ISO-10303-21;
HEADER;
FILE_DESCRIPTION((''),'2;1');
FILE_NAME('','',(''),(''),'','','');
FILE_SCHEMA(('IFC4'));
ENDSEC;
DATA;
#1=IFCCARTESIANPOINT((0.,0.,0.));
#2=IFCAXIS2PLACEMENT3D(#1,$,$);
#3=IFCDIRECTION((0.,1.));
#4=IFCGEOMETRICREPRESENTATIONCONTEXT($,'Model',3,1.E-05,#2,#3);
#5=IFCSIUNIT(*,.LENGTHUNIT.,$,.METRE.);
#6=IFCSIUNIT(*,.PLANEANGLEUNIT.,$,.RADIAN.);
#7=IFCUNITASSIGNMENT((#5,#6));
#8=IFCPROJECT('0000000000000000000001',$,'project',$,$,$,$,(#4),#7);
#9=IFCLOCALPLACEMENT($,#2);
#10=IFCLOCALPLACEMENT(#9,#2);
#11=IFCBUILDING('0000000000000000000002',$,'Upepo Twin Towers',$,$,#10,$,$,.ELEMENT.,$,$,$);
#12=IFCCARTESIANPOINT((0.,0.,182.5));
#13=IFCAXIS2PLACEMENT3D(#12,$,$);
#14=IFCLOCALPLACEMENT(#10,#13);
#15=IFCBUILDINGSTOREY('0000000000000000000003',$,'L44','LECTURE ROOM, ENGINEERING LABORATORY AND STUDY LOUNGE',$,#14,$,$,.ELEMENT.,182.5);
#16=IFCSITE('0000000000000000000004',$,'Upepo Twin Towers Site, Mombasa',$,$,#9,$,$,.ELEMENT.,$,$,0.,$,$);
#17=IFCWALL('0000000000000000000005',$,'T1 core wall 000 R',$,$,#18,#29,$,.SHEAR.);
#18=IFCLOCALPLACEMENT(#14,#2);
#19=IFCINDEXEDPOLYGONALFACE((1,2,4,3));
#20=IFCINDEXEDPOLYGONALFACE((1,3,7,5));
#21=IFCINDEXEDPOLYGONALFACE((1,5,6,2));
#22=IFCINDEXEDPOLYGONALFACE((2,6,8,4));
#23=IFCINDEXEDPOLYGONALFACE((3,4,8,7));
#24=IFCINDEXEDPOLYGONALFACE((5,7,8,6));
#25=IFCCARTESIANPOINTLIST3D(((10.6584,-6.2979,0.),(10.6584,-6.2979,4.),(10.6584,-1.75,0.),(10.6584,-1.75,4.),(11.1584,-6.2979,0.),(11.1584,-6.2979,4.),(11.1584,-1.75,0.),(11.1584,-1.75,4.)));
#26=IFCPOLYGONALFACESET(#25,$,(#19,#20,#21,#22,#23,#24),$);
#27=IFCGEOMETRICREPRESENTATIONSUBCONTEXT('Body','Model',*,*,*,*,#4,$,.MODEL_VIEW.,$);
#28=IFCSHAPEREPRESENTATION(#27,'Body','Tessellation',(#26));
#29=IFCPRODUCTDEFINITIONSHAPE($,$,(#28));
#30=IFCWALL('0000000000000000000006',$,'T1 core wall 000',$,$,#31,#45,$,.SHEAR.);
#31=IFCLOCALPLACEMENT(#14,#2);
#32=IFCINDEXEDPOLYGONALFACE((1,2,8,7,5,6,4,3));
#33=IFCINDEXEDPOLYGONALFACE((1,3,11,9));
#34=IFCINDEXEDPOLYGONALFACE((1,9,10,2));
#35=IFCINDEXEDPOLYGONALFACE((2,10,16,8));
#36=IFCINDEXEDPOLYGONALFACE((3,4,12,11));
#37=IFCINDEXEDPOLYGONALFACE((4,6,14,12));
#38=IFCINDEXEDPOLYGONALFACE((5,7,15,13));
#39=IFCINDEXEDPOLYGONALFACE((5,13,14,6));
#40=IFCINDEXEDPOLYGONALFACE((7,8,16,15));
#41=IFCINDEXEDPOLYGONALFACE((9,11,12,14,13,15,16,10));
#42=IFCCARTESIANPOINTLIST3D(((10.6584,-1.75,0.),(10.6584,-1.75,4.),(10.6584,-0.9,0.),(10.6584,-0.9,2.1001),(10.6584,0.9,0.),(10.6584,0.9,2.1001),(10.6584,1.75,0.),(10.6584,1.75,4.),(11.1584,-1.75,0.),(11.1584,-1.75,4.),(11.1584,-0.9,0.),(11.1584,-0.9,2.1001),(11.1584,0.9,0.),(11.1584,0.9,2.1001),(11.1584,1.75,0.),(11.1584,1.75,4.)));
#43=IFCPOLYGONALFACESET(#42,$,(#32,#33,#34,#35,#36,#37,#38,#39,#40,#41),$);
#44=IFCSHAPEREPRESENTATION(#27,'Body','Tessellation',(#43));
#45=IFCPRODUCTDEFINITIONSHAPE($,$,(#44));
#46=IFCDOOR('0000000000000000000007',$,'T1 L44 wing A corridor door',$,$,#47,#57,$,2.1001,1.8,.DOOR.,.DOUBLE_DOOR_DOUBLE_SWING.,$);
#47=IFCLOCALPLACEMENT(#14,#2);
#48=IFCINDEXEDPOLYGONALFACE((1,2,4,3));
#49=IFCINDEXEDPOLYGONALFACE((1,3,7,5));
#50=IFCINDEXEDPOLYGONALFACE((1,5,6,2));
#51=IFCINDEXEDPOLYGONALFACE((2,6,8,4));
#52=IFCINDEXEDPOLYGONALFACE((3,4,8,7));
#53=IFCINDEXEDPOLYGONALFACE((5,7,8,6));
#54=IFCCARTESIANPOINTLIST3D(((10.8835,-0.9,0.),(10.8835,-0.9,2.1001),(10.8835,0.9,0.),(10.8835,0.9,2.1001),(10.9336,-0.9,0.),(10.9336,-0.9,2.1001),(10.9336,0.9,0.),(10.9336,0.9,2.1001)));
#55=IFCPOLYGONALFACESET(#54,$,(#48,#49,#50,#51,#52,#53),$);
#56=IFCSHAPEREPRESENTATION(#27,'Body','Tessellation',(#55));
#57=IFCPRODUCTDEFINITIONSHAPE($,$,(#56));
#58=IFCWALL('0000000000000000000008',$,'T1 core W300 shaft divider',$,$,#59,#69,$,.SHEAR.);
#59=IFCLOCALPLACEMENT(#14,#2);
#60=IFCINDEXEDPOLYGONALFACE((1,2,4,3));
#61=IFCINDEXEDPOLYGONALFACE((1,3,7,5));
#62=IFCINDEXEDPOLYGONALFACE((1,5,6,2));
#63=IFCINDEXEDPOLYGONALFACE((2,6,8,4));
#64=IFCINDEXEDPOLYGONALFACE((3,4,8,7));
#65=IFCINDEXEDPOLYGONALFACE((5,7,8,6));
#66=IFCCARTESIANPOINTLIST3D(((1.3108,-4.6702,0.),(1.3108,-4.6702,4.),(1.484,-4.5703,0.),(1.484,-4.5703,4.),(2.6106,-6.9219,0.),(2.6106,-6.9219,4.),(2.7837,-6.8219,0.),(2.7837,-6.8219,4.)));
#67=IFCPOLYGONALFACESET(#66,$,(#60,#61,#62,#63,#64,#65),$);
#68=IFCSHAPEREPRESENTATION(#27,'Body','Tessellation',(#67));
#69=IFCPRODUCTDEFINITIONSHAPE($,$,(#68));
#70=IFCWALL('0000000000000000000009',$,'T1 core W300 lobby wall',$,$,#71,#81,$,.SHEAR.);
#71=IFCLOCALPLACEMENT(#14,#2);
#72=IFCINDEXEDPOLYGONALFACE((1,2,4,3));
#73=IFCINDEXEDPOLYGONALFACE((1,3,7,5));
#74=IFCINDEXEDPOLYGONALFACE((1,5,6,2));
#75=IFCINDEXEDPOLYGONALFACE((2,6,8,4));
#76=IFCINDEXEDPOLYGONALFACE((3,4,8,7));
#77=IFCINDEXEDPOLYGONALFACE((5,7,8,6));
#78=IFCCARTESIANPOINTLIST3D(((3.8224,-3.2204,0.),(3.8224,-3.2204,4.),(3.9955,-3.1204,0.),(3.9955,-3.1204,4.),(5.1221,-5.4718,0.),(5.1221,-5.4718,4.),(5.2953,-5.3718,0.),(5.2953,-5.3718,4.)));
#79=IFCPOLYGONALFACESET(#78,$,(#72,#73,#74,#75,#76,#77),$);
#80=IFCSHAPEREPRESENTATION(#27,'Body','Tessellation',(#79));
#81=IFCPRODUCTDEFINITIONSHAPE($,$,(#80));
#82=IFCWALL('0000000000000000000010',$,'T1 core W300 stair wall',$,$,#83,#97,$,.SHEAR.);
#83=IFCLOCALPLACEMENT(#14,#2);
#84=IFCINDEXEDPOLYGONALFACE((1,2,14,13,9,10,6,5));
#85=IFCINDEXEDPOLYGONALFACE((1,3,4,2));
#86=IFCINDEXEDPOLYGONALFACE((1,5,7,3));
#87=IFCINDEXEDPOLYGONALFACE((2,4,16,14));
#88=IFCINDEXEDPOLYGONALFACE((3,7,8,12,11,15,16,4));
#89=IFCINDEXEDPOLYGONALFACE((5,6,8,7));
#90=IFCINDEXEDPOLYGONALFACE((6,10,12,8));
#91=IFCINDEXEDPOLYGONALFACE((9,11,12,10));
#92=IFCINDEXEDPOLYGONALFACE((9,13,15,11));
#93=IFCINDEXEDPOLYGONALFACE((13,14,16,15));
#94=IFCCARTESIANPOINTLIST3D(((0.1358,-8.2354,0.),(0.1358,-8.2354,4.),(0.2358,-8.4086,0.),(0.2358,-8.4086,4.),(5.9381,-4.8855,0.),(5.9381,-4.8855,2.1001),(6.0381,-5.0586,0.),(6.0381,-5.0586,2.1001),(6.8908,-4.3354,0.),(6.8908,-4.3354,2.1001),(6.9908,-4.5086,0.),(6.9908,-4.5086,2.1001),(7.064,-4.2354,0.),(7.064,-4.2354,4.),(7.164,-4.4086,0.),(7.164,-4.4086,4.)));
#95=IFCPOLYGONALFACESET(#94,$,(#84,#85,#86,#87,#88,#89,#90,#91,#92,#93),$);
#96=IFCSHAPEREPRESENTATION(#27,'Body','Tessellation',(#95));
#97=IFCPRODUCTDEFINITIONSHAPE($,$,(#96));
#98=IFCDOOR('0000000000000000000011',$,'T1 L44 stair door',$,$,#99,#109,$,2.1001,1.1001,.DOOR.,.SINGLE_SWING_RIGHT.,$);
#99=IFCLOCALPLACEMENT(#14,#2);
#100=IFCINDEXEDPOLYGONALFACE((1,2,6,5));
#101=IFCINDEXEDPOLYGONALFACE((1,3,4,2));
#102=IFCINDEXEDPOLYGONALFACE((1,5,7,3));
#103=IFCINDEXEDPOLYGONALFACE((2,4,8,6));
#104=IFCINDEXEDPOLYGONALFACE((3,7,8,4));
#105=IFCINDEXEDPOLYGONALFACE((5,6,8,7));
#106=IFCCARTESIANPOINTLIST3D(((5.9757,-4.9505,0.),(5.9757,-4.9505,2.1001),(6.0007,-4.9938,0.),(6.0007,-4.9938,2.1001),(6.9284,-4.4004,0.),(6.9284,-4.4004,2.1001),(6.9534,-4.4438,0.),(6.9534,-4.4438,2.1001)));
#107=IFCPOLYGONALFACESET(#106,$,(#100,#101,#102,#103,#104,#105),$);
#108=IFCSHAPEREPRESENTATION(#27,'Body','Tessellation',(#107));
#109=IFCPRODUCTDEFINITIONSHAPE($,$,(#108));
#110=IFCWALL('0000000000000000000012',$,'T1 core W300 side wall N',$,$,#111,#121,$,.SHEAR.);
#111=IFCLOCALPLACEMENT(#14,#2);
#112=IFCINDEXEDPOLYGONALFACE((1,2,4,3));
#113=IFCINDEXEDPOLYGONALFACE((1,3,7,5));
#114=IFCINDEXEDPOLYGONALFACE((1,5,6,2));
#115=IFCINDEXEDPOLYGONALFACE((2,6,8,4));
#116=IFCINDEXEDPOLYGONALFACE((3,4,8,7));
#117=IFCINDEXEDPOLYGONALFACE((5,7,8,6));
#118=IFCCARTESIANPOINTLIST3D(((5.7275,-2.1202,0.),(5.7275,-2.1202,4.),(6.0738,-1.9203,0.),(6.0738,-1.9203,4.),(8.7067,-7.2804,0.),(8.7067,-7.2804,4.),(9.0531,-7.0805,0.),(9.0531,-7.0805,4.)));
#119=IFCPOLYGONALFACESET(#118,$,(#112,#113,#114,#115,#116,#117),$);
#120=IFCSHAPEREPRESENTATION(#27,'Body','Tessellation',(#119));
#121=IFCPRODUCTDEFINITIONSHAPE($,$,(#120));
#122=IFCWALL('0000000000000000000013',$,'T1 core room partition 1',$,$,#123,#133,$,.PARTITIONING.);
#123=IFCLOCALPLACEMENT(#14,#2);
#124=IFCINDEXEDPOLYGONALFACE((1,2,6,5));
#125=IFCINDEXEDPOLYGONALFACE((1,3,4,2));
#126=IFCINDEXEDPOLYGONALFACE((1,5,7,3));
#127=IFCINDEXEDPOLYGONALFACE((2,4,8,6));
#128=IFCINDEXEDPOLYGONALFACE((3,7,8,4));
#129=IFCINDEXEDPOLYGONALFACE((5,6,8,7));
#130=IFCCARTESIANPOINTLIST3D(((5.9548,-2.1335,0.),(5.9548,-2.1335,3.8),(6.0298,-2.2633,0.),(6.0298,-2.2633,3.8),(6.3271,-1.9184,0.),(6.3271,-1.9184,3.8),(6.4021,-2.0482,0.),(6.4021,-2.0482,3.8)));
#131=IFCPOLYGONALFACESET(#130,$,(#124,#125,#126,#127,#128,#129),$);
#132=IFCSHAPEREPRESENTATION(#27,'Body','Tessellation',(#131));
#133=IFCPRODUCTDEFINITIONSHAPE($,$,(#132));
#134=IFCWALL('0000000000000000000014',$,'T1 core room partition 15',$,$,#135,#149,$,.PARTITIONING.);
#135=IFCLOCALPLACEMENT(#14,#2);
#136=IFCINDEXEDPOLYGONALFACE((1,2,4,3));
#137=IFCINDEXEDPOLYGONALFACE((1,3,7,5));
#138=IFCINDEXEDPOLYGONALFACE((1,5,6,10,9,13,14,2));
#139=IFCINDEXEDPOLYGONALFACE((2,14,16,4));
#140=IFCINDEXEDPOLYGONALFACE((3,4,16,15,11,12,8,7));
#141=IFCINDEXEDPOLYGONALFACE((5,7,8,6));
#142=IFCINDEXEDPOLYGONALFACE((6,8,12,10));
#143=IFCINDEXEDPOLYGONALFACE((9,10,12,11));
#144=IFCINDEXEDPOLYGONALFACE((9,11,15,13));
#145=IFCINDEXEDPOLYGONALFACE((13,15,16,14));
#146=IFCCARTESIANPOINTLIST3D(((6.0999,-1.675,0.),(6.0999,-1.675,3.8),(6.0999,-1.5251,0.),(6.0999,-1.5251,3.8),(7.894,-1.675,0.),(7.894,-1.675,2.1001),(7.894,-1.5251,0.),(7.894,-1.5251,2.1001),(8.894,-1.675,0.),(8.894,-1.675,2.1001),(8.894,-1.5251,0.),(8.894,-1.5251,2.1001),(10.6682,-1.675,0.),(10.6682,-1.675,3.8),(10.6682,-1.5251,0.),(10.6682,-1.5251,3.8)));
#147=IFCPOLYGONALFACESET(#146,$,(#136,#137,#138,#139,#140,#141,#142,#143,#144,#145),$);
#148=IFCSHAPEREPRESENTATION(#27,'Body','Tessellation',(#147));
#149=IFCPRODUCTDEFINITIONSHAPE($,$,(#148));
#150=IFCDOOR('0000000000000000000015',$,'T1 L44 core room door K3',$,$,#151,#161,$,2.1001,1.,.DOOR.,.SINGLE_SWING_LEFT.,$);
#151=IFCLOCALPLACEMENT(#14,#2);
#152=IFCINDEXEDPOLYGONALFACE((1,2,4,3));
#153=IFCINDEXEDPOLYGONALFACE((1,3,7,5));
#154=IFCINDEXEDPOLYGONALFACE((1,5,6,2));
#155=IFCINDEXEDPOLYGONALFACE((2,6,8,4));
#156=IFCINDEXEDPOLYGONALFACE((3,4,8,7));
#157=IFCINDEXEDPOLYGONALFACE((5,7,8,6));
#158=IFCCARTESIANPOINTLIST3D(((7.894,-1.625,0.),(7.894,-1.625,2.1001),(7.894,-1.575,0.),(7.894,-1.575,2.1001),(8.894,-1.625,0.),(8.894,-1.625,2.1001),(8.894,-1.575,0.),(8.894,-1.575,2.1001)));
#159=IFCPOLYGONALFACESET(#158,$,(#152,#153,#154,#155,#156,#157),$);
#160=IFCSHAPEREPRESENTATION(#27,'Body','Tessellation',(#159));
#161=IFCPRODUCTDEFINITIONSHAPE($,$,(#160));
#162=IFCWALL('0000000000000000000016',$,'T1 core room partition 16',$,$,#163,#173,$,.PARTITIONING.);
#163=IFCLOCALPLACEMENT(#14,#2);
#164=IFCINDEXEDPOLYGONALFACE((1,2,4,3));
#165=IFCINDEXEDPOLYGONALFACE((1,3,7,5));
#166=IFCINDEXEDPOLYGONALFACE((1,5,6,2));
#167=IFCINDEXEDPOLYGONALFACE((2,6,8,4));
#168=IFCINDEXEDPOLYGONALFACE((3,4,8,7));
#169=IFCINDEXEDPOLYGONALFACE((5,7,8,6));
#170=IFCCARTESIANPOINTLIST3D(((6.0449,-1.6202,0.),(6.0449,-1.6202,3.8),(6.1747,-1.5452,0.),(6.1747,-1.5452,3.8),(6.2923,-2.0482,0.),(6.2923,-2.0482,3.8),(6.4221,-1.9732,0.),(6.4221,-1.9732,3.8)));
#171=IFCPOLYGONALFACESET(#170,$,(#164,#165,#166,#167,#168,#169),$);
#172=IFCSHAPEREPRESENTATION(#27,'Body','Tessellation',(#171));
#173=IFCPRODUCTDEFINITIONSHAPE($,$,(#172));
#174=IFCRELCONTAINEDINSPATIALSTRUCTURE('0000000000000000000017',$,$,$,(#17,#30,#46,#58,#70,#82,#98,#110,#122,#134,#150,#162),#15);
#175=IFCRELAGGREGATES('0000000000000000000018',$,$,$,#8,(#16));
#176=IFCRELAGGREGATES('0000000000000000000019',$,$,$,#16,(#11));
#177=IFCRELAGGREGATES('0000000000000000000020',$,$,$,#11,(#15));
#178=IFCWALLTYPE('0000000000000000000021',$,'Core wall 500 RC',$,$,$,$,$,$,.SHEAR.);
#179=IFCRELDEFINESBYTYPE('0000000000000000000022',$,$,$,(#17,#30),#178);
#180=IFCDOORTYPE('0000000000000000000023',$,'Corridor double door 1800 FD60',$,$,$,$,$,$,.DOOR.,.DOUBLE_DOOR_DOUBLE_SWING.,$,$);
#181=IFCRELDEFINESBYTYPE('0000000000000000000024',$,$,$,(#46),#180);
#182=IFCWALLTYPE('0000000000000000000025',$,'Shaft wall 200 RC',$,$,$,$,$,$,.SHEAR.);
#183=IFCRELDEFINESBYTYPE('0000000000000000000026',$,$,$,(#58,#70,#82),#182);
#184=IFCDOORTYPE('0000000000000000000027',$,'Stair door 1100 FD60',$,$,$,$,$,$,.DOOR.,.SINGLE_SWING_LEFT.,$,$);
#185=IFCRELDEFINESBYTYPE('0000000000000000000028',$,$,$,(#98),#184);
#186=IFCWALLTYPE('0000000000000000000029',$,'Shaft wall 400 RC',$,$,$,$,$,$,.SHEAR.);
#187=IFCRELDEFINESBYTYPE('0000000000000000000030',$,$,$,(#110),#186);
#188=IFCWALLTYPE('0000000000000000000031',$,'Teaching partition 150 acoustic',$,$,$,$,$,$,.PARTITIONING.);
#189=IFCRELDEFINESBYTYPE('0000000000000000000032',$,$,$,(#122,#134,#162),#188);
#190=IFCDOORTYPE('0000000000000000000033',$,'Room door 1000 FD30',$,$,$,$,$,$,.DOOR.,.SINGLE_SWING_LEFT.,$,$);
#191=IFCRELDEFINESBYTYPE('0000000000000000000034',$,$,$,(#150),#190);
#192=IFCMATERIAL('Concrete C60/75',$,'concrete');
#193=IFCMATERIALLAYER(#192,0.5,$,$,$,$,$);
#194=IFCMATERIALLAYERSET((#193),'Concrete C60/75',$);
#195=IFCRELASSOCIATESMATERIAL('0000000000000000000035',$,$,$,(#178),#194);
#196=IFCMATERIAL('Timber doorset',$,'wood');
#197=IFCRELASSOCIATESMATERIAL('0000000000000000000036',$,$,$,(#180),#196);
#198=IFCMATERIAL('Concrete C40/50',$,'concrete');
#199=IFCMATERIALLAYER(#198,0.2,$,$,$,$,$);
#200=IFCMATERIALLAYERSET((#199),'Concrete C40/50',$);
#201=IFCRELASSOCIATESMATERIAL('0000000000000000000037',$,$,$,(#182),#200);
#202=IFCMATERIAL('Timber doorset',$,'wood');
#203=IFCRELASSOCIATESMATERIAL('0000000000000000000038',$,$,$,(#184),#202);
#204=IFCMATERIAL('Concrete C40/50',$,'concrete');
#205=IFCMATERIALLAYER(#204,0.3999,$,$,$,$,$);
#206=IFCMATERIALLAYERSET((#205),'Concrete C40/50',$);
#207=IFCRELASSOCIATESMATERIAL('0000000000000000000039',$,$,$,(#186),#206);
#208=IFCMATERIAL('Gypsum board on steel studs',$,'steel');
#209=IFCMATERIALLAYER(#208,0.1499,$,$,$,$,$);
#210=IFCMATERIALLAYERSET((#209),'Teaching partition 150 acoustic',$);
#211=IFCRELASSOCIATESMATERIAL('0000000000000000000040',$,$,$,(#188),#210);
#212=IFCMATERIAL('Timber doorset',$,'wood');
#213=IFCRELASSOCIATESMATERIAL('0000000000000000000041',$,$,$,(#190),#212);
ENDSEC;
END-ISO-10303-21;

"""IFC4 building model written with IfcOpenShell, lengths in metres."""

from ifc_helpers import new_model, si_unit, direction, frame, frame_2d, origin, place, context, subcontext, project, spatial, rectangle, extrude, material, layer, layer_set, type_object, element, fill, save


model = new_model("IFC4")

# Units and contexts
model_context = context("Model", 3, precision=1e-05, world=origin(), true_north=direction((0.0, 1.0)))
body_context = subcontext(model_context, "Body", "Model", "MODEL_VIEW")
ifc_project = project(units=[si_unit("LENGTHUNIT", "METRE"), si_unit("PLANEANGLEUNIT", "RADIAN")], contexts=[model_context])

# Site, building, storey
site_placement = place(None, origin())
site = spatial("IfcSite", under=ifc_project, at=site_placement, Name="Upepo Twin Towers Site, Mombasa", CompositionType="ELEMENT", RefElevation=0.0)
building_placement = place(site_placement, origin())
building = spatial("IfcBuilding", under=site, at=building_placement, Name="Upepo Twin Towers", CompositionType="ELEMENT")
storey_placement = place(building_placement, frame((0.0, 0.0, 182.5)))
storey = spatial("IfcBuildingStorey", under=building, at=storey_placement, Name="L44", Description="LECTURE ROOM, ENGINEERING LABORATORY AND STUDY LOUNGE", CompositionType="ELEMENT", Elevation=182.5)

# Wall
ifc_material_1 = material(Name="Concrete C60/75", Category="concrete")
ifc_layer_1 = layer(ifc_material_1, 0.5)
ifc_layer_set_1 = layer_set([ifc_layer_1], Name="Concrete C60/75")
wall_type_1 = type_object("IfcWallType", Name="Core wall 500 RC", PredefinedType="SHEAR", material=ifc_layer_set_1)
wall_1_placement = place(storey_placement, frame((10.9084, -6.2979, 0.0), z_axis=(0.0, 0.0, 1.0), x_axis=(0.0, 1.0, 0.0)))
element("IfcWall", 1, at=wall_1_placement, inside=storey, type_object=wall_type_1, Name="T1 core wall 000 R", PredefinedType="SHEAR", context=body_context, shape_type="SweptSolid", body=[
    extrude(rectangle(XDim=4.5479, YDim=0.5, at=frame_2d((2.2739, 0.0))), origin(), (0.0, 0.0, 1.0), 4.0),
])

# Wall, opening, door
wall_2_placement = place(storey_placement, frame((10.9084, -1.75, 0.0), z_axis=(0.0, 0.0, 1.0), x_axis=(0.0, 1.0, 0.0)))
wall_2 = element("IfcWall", 2, at=wall_2_placement, inside=storey, type_object=wall_type_1, Name="T1 core wall 000", PredefinedType="SHEAR", context=body_context, shape_type="SweptSolid", body=[
    extrude(rectangle(XDim=3.5, YDim=0.5, at=frame_2d((1.75, 0.0))), origin(), (0.0, 0.0, 1.0), 4.0),
])
opening_1_placement = place(wall_2_placement, frame((0.8501, 0.0, 0.0)))
opening_1 = element("IfcOpeningElement", 3, at=opening_1_placement, cuts=wall_2, PredefinedType="OPENING", context=body_context, shape_type="SweptSolid", body=[
    extrude(rectangle(XDim=1.8, YDim=2.1001, at=frame_2d((0.8999, 1.05))), frame((0.0, 0.26, 0.0), z_axis=(0.0, -1.0, 0.0), x_axis=(1.0, 0.0, 0.0)), (0.0, 0.0, 1.0), 0.52),
])
ifc_material_2 = material(Name="Timber doorset", Category="wood")
door_type_1 = type_object("IfcDoorType", Name="Corridor double door 1800 FD60", OperationType="DOUBLE_DOOR_DOUBLE_SWING", PredefinedType="DOOR", material=ifc_material_2)
door_1_placement = place(opening_1_placement, origin())
door_1 = element("IfcDoor", 4, at=door_1_placement, inside=storey, type_object=door_type_1, Name="T1 L44 wing A corridor door", OperationType="DOUBLE_DOOR_DOUBLE_SWING", OverallHeight=2.1001, OverallWidth=1.8, PredefinedType="DOOR", context=body_context, shape_type="SweptSolid", body=[
    extrude(rectangle(XDim=1.8, YDim=2.1001, at=frame_2d((0.8999, 1.05))), frame((0.0, 0.0249, 0.0), z_axis=(0.0, -1.0, 0.0), x_axis=(1.0, 0.0, 0.0)), (0.0, 0.0, 1.0), 0.05),
])
fill(opening_1, door_1)

# Walls
ifc_material_3 = material(Name="Concrete C40/50", Category="concrete")
ifc_layer_2 = layer(ifc_material_3, 0.2)
ifc_layer_set_2 = layer_set([ifc_layer_2], Name="Concrete C40/50")
wall_type_2 = type_object("IfcWallType", Name="Shaft wall 200 RC", PredefinedType="SHEAR", material=ifc_layer_set_2)
wall_3_placement = place(storey_placement, frame((1.3975, -4.6204, 0.0), z_axis=(0.0, 0.0, 1.0), x_axis=(0.499937, -0.866062, 0.0)))
element("IfcWall", 5, at=wall_3_placement, inside=storey, type_object=wall_type_2, Name="T1 core W300 shaft divider", PredefinedType="SHEAR", context=body_context, shape_type="SweptSolid", body=[
    extrude(rectangle(XDim=2.5999, YDim=0.2, at=frame_2d((1.2998, 0.0))), origin(), (0.0, 0.0, 1.0), 4.0),
])
wall_4_placement = place(storey_placement, frame((3.9089, -3.1704, 0.0), z_axis=(0.0, 0.0, 1.0), x_axis=(0.499977, -0.866039, 0.0)))
element("IfcWall", 6, at=wall_4_placement, inside=storey, type_object=wall_type_2, Name="T1 core W300 lobby wall", PredefinedType="SHEAR", context=body_context, shape_type="SweptSolid", body=[
    extrude(rectangle(XDim=2.5996, YDim=0.2, at=frame_2d((1.2998, 0.0))), origin(), (0.0, 0.0, 1.0), 4.0),
])

# Wall, opening, door
wall_5_placement = place(storey_placement, frame((0.1858, -8.322, 0.0), z_axis=(0.0, 0.0, 1.0), x_axis=(0.866026, 0.499999, 0.0)))
wall_5 = element("IfcWall", 7, at=wall_5_placement, inside=storey, type_object=wall_type_2, Name="T1 core W300 stair wall", PredefinedType="SHEAR", context=body_context, shape_type="SweptSolid", body=[
    extrude(rectangle(XDim=8.0, YDim=0.2, at=frame_2d((4.0, 0.0))), origin(), (0.0, 0.0, 1.0), 4.0),
])
opening_2_placement = place(wall_5_placement, frame((6.7, 0.0, 0.0)))
opening_2 = element("IfcOpeningElement", 8, at=opening_2_placement, cuts=wall_5, PredefinedType="OPENING", context=body_context, shape_type="SweptSolid", body=[
    extrude(rectangle(XDim=1.1001, YDim=2.1001, at=frame_2d((0.55, 1.05))), frame((0.0, 0.1099, 0.0), z_axis=(0.0, -1.0, 0.0), x_axis=(1.0, 0.0, 0.0)), (0.0, 0.0, 1.0), 0.22),
])
ifc_material_4 = material(Name="Timber doorset", Category="wood")
door_type_2 = type_object("IfcDoorType", Name="Stair door 1100 FD60", OperationType="SINGLE_SWING_LEFT", PredefinedType="DOOR", material=ifc_material_4)
door_2_placement = place(opening_2_placement, origin())
door_2 = element("IfcDoor", 9, at=door_2_placement, inside=storey, type_object=door_type_2, Name="T1 L44 stair door", OperationType="SINGLE_SWING_RIGHT", OverallHeight=2.1001, OverallWidth=1.1001, PredefinedType="DOOR", context=body_context, shape_type="SweptSolid", body=[
    extrude(rectangle(XDim=1.1001, YDim=2.1001, at=frame_2d((0.55, 1.05))), frame((0.0, 0.0249, 0.0), z_axis=(0.0, -1.0, 0.0), x_axis=(1.0, 0.0, 0.0)), (0.0, 0.0, 1.0), 0.05),
])
fill(opening_2, door_2)

# Walls
ifc_material_5 = material(Name="Concrete C40/50", Category="concrete")
ifc_layer_3 = layer(ifc_material_5, 0.3999)
ifc_layer_set_3 = layer_set([ifc_layer_3], Name="Concrete C40/50")
wall_type_3 = type_object("IfcWallType", Name="Shaft wall 400 RC", PredefinedType="SHEAR", material=ifc_layer_set_3)
wall_6_placement = place(storey_placement, frame((5.9006, -2.0203, 0.0), z_axis=(0.0, 0.0, 1.0), x_axis=(0.500004, -0.866023, 0.0)))
element("IfcWall", 10, at=wall_6_placement, inside=storey, type_object=wall_type_3, Name="T1 core W300 side wall N", PredefinedType="SHEAR", context=body_context, shape_type="SweptSolid", body=[
    extrude(rectangle(XDim=5.9585, YDim=0.3999, at=frame_2d((2.9792, 0.0))), origin(), (0.0, 0.0, 1.0), 4.0),
])
ifc_material_6 = material(Name="Gypsum board on steel studs", Category="steel")
ifc_layer_4 = layer(ifc_material_6, 0.1499)
ifc_layer_set_4 = layer_set([ifc_layer_4], Name="Teaching partition 150 acoustic")
wall_type_4 = type_object("IfcWallType", Name="Teaching partition 150 acoustic", PredefinedType="PARTITIONING", material=ifc_layer_set_4)
wall_7_placement = place(storey_placement, frame((6.3645, -1.9834, 0.0), z_axis=(0.0, 0.0, 1.0), x_axis=(-0.865892, -0.50023, 0.0)))
element("IfcWall", 11, at=wall_7_placement, inside=storey, type_object=wall_type_4, Name="T1 core room partition 1", PredefinedType="PARTITIONING", context=body_context, shape_type="SweptSolid", body=[
    extrude(rectangle(XDim=0.4299, YDim=0.1499, at=frame_2d((0.2148, 0.0))), origin(), (0.0, 0.0, 1.0), 3.8),
])

# Wall, opening, door
wall_8_placement = place(storey_placement, frame((10.6682, -1.6001, 0.0), z_axis=(0.0, 0.0, 1.0), x_axis=(-1.0, 0.0, 0.0)))
wall_8 = element("IfcWall", 12, at=wall_8_placement, inside=storey, type_object=wall_type_4, Name="T1 core room partition 15", PredefinedType="PARTITIONING", context=body_context, shape_type="SweptSolid", body=[
    extrude(rectangle(XDim=4.5684, YDim=0.1499, at=frame_2d((2.2842, 0.0))), origin(), (0.0, 0.0, 1.0), 3.8),
])
opening_3_placement = place(wall_8_placement, frame((1.7742, 0.0, 0.0)))
opening_3 = element("IfcOpeningElement", 13, at=opening_3_placement, cuts=wall_8, PredefinedType="OPENING", context=body_context, shape_type="SweptSolid", body=[
    extrude(rectangle(XDim=1.0, YDim=2.1001, at=frame_2d((0.5, 1.05))), frame((0.0, 0.085, 0.0), z_axis=(0.0, -1.0, 0.0), x_axis=(1.0, 0.0, 0.0)), (0.0, 0.0, 1.0), 0.1699),
])
ifc_material_7 = material(Name="Timber doorset", Category="wood")
door_type_3 = type_object("IfcDoorType", Name="Room door 1000 FD30", OperationType="SINGLE_SWING_LEFT", PredefinedType="DOOR", material=ifc_material_7)
door_3_placement = place(opening_3_placement, origin())
door_3 = element("IfcDoor", 14, at=door_3_placement, inside=storey, type_object=door_type_3, Name="T1 L44 core room door K3", OperationType="SINGLE_SWING_LEFT", OverallHeight=2.1001, OverallWidth=1.0, PredefinedType="DOOR", context=body_context, shape_type="SweptSolid", body=[
    extrude(rectangle(XDim=1.0, YDim=2.1001, at=frame_2d((0.5, 1.05))), frame((0.0, 0.0249, 0.0), z_axis=(0.0, -1.0, 0.0), x_axis=(1.0, 0.0, 0.0)), (0.0, 0.0, 1.0), 0.05),
])
fill(opening_3, door_3)

# Wall
wall_9_placement = place(storey_placement, frame((6.1099, -1.5828, 0.0), z_axis=(0.0, 0.0, 1.0), x_axis=(0.500335, -0.865832, 0.0)))
element("IfcWall", 15, at=wall_9_placement, inside=storey, type_object=wall_type_4, Name="T1 core room partition 16", PredefinedType="PARTITIONING", context=body_context, shape_type="SweptSolid", body=[
    extrude(rectangle(XDim=0.4944, YDim=0.1499, at=frame_2d((0.2471, 0.0))), origin(), (0.0, 0.0, 1.0), 3.8),
])

save(model, "model.ifc")
